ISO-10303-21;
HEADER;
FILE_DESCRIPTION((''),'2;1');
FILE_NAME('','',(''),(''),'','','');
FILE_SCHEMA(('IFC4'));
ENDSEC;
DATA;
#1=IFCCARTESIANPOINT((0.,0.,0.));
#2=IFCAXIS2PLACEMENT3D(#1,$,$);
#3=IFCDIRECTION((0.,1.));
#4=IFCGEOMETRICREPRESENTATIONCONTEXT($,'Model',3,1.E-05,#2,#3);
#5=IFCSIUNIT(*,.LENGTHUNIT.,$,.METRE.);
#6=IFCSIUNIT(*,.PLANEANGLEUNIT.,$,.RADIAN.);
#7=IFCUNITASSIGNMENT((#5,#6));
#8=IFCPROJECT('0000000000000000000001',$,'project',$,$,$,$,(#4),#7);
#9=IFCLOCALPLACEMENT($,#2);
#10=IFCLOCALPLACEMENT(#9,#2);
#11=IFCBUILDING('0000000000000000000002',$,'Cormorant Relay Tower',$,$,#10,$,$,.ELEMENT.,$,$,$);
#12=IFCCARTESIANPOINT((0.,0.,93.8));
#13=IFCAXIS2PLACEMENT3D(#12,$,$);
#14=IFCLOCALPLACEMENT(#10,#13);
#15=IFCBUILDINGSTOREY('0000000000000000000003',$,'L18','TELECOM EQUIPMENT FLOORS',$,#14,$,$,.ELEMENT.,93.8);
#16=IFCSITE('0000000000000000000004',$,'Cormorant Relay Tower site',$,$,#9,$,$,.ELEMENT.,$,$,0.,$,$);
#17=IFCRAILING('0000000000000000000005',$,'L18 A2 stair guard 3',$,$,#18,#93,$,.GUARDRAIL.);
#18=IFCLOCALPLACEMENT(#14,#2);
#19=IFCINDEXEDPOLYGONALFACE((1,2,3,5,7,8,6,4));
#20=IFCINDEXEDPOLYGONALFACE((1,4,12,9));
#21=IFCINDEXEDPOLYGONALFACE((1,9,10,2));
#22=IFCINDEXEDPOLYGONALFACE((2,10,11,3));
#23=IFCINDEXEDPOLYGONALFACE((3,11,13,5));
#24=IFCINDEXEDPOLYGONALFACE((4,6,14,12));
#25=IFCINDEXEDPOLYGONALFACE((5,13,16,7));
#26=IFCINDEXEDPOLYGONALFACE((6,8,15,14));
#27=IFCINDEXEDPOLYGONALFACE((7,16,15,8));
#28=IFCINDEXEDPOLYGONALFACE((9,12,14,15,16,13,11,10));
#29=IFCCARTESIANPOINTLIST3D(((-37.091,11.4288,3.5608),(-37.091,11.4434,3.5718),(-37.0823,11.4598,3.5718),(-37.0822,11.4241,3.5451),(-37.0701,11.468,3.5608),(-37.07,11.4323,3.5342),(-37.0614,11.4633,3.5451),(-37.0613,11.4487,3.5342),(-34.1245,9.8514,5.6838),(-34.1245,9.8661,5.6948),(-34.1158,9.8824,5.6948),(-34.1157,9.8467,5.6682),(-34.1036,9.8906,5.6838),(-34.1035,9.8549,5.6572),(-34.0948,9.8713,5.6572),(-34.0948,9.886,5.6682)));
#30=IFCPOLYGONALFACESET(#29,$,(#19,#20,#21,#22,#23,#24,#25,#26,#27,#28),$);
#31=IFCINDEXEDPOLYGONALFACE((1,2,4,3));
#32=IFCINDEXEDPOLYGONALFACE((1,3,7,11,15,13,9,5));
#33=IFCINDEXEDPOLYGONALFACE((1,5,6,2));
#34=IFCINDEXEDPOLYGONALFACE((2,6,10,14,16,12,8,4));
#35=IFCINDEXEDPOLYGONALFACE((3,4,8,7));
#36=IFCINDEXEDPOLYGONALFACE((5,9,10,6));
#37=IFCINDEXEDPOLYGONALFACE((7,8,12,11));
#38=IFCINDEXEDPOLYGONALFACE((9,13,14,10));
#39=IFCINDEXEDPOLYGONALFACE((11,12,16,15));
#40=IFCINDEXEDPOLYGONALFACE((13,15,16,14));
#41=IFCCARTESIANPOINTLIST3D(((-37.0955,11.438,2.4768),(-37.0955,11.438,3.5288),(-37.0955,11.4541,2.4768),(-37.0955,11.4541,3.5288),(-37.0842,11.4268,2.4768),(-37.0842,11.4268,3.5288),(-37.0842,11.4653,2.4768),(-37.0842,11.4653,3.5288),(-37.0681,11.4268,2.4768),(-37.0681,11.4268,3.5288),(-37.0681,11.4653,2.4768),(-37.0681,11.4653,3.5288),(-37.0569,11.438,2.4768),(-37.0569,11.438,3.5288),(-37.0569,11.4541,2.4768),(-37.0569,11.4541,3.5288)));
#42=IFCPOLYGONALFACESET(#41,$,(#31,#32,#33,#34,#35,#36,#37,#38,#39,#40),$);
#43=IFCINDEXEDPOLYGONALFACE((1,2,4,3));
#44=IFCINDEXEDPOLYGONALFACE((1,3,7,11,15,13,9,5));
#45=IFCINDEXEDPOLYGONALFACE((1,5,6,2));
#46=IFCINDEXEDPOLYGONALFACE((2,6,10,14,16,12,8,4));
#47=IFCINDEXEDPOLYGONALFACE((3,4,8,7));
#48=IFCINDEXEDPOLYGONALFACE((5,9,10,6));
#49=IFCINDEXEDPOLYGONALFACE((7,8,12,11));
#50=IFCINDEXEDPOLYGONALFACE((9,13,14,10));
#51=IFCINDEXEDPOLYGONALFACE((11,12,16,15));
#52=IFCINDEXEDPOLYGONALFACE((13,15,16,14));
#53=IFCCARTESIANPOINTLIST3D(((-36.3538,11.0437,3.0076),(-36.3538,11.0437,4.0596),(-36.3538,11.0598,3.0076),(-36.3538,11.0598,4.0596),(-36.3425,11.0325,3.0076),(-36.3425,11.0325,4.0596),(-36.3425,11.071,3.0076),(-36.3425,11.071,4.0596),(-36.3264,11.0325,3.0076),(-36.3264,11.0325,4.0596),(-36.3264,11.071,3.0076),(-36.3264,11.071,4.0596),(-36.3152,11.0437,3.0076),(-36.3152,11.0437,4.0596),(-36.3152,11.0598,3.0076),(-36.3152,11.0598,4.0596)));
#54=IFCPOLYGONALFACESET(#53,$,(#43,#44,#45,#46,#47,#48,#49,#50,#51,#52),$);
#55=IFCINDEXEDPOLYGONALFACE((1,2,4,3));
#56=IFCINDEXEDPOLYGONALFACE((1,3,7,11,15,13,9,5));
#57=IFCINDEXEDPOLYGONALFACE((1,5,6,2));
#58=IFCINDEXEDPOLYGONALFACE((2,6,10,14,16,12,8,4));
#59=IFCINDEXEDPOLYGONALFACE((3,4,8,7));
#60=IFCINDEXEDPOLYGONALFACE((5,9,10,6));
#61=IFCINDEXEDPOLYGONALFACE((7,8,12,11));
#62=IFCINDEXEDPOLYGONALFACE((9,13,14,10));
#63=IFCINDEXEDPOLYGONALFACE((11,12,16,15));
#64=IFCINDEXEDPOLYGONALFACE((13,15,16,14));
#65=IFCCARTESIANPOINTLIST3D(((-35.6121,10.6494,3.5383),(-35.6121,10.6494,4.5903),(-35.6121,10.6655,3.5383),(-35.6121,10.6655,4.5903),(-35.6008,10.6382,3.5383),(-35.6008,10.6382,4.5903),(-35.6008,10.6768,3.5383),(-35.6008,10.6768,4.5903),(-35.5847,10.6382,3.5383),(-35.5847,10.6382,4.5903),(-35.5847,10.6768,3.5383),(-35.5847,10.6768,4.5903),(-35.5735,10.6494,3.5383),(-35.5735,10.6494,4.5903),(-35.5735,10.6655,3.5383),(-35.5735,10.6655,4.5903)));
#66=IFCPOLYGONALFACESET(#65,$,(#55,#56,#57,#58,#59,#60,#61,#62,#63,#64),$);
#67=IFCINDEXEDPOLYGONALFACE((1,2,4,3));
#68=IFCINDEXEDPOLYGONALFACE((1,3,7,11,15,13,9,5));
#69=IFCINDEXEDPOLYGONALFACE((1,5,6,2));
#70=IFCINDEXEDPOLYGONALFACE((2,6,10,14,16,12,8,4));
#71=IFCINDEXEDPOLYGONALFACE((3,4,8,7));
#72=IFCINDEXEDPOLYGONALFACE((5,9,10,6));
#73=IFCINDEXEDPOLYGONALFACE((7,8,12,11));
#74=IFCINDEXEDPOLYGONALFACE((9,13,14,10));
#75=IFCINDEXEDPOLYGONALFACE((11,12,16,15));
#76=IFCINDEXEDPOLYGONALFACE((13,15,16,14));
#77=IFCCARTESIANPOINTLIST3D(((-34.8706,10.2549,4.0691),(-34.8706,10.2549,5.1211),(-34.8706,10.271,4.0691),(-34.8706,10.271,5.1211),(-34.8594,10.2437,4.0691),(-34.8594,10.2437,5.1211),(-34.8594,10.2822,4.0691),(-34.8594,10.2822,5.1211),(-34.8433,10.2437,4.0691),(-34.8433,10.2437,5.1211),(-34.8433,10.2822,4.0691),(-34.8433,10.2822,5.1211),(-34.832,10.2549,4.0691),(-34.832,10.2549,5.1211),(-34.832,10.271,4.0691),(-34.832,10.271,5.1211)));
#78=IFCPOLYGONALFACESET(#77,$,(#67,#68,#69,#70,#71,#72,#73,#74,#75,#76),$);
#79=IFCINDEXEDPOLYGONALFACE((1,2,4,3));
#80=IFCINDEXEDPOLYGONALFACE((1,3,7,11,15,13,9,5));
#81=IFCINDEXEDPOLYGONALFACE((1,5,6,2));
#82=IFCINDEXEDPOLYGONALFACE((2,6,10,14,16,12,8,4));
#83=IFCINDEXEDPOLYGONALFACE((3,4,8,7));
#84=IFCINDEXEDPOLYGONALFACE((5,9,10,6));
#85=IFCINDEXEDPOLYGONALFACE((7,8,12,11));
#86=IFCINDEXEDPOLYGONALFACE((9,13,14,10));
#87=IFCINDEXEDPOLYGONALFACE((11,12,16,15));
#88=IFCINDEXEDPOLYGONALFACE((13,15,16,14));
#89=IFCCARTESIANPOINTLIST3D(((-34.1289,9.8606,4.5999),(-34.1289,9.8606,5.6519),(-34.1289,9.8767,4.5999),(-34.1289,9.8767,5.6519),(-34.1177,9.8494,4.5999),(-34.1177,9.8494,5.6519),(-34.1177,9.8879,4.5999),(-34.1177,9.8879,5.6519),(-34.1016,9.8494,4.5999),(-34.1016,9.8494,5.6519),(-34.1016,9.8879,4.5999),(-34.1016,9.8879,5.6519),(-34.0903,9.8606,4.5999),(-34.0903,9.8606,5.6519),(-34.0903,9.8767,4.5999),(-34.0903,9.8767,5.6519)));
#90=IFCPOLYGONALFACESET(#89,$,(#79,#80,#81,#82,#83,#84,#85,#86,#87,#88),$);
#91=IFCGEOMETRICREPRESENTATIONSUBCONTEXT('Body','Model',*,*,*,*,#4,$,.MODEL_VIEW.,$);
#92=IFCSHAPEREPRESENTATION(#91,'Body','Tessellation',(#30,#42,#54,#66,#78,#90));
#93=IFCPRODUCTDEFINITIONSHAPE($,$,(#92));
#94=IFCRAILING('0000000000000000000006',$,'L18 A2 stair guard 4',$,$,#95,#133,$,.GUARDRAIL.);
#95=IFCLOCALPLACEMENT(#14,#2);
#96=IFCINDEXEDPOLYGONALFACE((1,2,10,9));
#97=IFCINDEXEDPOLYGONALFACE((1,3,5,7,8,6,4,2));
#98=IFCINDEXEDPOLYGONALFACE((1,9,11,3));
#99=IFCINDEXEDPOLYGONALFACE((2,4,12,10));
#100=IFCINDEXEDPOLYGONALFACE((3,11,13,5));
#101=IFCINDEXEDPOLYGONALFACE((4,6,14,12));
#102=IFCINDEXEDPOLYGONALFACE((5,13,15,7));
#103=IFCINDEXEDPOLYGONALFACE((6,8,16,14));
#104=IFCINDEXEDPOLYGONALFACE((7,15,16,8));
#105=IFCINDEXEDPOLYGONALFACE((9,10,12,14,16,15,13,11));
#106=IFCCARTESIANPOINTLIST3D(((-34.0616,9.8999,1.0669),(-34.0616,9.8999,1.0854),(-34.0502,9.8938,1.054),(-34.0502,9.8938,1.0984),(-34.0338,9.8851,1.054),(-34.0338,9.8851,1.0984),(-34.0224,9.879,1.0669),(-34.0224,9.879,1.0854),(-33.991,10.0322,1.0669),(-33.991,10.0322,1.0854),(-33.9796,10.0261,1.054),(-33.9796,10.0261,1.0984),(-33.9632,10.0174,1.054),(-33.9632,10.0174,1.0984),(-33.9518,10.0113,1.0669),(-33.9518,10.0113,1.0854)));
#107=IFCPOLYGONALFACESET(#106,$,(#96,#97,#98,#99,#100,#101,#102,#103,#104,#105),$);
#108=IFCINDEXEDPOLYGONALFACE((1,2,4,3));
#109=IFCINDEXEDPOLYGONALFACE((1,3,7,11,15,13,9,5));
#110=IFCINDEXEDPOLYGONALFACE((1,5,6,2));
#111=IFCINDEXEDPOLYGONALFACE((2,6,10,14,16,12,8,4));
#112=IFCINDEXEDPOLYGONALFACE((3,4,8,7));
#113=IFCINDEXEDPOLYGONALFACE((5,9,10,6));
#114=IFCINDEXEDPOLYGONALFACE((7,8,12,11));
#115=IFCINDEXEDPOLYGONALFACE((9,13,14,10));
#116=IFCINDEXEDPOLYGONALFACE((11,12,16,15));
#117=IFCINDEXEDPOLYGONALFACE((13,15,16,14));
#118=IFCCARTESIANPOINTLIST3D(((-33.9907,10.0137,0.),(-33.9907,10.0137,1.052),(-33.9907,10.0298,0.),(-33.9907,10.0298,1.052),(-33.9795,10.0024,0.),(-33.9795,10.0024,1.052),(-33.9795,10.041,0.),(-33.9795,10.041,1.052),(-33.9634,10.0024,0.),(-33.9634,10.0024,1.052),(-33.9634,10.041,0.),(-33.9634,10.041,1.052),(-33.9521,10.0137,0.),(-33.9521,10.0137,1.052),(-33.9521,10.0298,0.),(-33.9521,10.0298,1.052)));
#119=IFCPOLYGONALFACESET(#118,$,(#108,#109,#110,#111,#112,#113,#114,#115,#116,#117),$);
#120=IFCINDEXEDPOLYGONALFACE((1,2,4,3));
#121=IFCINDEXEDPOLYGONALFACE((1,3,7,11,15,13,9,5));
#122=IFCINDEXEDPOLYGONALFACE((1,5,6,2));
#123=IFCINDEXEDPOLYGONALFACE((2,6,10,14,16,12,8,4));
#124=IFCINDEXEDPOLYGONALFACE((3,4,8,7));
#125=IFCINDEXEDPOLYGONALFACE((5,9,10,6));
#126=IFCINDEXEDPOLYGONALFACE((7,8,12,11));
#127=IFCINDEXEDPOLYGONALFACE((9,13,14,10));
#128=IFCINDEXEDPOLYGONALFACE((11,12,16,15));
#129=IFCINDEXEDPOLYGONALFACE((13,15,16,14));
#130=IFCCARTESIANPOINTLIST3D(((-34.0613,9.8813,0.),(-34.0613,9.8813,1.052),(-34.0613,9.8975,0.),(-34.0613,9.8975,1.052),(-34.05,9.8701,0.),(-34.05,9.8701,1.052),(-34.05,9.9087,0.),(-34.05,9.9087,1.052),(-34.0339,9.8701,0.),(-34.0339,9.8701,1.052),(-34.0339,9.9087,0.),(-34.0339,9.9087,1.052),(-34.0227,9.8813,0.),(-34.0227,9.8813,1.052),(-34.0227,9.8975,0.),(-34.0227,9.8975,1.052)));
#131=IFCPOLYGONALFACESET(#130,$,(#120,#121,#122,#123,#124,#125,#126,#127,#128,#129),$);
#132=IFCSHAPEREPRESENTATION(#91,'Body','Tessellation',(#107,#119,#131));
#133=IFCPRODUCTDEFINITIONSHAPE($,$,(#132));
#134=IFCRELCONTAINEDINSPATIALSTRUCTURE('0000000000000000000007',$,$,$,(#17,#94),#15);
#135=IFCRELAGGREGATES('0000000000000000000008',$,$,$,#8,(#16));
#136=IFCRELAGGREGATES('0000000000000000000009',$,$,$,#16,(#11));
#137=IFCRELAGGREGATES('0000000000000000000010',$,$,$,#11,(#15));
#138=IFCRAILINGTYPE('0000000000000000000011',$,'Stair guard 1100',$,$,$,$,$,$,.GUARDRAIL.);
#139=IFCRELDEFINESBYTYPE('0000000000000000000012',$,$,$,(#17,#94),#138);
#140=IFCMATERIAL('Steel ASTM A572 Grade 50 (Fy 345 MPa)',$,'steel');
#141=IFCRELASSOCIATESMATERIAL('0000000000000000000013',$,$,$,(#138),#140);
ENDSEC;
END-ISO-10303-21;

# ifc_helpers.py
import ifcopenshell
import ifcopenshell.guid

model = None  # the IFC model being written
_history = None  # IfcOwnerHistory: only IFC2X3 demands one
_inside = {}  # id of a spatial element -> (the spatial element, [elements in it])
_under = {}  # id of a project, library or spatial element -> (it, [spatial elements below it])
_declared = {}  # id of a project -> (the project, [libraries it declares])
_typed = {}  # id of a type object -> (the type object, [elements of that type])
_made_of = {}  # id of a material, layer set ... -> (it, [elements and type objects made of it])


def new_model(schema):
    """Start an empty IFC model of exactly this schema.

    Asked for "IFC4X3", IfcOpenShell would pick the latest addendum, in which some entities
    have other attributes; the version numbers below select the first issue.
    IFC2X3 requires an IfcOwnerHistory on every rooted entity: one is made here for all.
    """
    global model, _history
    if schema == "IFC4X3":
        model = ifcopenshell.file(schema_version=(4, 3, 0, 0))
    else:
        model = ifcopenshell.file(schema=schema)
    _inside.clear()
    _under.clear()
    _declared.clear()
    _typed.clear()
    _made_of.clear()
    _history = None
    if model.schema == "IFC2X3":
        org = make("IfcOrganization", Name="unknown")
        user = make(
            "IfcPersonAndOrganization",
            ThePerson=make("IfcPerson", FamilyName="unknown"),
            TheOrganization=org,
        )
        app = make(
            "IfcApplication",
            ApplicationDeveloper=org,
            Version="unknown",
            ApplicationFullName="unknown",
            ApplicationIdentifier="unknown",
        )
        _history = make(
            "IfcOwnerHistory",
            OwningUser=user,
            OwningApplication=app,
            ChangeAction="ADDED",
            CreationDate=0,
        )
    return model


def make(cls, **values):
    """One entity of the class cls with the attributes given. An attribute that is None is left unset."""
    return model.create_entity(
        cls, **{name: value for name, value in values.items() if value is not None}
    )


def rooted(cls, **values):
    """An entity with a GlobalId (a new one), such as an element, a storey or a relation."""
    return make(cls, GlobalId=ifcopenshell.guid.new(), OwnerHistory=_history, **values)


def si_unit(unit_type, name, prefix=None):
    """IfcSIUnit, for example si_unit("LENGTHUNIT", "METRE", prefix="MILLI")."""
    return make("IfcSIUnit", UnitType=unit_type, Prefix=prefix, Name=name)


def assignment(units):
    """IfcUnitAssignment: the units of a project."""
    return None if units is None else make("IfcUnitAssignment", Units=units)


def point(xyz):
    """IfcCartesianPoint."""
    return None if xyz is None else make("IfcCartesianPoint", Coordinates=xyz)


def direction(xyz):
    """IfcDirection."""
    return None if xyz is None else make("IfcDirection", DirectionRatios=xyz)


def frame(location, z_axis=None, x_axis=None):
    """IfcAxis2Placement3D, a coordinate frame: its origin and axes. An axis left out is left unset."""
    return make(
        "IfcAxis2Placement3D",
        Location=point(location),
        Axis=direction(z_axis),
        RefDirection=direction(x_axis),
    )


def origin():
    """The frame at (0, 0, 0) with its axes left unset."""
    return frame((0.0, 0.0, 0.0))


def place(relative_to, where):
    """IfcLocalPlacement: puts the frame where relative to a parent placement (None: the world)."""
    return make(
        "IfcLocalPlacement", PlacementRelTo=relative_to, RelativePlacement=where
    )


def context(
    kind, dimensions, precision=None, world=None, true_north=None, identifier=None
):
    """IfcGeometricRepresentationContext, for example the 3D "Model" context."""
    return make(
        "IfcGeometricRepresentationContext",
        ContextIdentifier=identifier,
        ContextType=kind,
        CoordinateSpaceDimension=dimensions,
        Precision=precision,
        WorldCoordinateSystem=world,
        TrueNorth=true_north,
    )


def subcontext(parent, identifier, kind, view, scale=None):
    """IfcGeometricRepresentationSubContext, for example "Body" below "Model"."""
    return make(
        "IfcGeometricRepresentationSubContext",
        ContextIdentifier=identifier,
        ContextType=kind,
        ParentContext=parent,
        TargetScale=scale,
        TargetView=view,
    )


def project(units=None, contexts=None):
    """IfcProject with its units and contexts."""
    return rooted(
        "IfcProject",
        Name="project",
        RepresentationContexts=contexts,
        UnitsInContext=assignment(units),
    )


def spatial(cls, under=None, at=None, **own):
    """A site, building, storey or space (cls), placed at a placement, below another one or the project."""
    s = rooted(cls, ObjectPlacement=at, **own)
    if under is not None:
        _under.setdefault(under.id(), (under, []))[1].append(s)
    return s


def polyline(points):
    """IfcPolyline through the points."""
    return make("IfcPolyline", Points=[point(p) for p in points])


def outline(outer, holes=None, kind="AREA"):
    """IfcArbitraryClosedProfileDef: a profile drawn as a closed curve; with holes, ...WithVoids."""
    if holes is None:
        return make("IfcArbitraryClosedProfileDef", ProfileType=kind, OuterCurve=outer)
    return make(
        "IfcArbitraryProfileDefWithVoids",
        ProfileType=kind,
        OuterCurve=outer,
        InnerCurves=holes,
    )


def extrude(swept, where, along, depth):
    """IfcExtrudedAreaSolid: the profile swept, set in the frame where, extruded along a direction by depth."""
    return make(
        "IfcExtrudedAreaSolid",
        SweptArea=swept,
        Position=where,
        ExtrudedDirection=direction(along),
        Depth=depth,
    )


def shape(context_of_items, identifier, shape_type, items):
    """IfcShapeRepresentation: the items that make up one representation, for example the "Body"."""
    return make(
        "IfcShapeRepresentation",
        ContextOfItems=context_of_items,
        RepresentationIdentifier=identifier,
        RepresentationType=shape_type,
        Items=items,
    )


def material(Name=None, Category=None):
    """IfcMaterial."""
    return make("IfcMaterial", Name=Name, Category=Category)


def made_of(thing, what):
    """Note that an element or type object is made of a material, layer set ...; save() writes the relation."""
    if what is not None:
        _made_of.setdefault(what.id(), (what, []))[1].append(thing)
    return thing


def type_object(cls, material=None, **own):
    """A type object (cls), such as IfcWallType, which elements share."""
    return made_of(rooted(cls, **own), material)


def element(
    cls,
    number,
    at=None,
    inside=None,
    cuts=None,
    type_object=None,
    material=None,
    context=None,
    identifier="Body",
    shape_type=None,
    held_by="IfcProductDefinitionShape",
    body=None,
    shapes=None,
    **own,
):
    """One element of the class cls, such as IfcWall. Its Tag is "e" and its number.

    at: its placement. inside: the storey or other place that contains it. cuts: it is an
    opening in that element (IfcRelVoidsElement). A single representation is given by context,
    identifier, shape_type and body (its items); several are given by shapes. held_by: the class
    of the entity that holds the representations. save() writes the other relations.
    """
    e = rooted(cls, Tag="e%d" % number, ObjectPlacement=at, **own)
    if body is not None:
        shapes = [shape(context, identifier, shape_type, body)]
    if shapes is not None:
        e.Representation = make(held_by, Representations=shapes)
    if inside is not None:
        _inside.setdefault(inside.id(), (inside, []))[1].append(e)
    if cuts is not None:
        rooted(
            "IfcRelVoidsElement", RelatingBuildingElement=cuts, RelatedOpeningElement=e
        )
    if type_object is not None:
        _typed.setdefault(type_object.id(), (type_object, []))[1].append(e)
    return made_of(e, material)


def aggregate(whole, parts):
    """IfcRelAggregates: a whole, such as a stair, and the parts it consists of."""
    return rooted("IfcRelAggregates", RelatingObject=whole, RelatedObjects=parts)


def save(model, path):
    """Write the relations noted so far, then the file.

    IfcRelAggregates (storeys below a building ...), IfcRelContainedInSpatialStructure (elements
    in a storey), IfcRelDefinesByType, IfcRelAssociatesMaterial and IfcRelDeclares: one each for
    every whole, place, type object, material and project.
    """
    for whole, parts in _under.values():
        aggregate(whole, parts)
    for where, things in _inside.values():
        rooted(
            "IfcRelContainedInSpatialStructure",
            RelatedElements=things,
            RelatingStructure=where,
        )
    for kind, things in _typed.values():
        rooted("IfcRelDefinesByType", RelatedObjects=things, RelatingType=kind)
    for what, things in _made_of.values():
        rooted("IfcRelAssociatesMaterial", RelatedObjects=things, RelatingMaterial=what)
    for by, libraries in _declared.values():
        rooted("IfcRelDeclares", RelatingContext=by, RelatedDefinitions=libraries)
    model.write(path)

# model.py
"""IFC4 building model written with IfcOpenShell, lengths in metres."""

from ifc_helpers import new_model, si_unit, direction, frame, origin, place, context, subcontext, project, spatial, polyline, outline, extrude, material, type_object, element, save


model = new_model("IFC4")

# Units and contexts
model_context = context("Model", 3, precision=1e-05, world=origin(), true_north=direction((0.0, 1.0)))
body_context = subcontext(model_context, "Body", "Model", "MODEL_VIEW")
ifc_project = project(units=[si_unit("LENGTHUNIT", "METRE"), si_unit("PLANEANGLEUNIT", "RADIAN")], contexts=[model_context])

# Site, building, storey
site_placement = place(None, origin())
site = spatial("IfcSite", under=ifc_project, at=site_placement, Name="Cormorant Relay Tower site", CompositionType="ELEMENT", RefElevation=0.0)
building_placement = place(site_placement, origin())
building = spatial("IfcBuilding", under=site, at=building_placement, Name="Cormorant Relay Tower", CompositionType="ELEMENT")
storey_placement = place(building_placement, frame((0.0, 0.0, 93.8)))
storey = spatial("IfcBuildingStorey", under=building, at=storey_placement, Name="L18", Description="TELECOM EQUIPMENT FLOORS", CompositionType="ELEMENT", Elevation=93.8)

# Railings
ifc_material_1 = material(Name="Steel ASTM A572 Grade 50 (Fy 345 MPa)", Category="steel")
railing_type_1 = type_object("IfcRailingType", Name="Stair guard 1100", PredefinedType="GUARDRAIL", material=ifc_material_1)
railing_1_placement = place(storey_placement, frame((-37.0762, 11.446, 2.4768)))
element("IfcRailing", 1, at=railing_1_placement, inside=storey, type_object=railing_type_1, Name="L18 A2 stair guard 3", PredefinedType="GUARDRAIL", context=body_context, shape_type="SweptSolid", body=[
    extrude(outline(polyline([(0.0222, 0.0093), (0.0093, 0.0222), (-0.0093, 0.0222), (-0.0222, 0.0093), (-0.0222, -0.0093), (-0.0093, -0.0222), (0.0093, -0.0222), (0.0222, -0.0093), (0.0222, 0.0093)])), frame((0.0, 0.0, 1.0762), z_axis=(0.746413, -0.396887, 0.534179), x_axis=(0.469483, 0.882942, 0.0)), (0.0, 0.0, 1.0), 3.9744),
    extrude(outline(polyline([(0.0193, 0.0081), (0.0081, 0.0193), (-0.0081, 0.0193), (-0.0193, 0.0081), (-0.0193, -0.0081), (-0.0081, -0.0193), (0.0081, -0.0193), (0.0193, -0.0081), (0.0193, 0.0081)])), origin(), (0.0, 0.0, 1.0), 1.052),
    extrude(outline(polyline([(0.0193, 0.0081), (0.0081, 0.0193), (-0.0081, 0.0193), (-0.0193, 0.0081), (-0.0193, -0.0081), (-0.0081, -0.0193), (0.0081, -0.0193), (0.0193, -0.0081), (0.0193, 0.0081)])), frame((0.7417, -0.3943, 0.5308)), (0.0, 0.0, 1.0), 1.052),
    extrude(outline(polyline([(0.0193, 0.0081), (0.0081, 0.0193), (-0.0081, 0.0193), (-0.0193, 0.0081), (-0.0193, -0.0081), (-0.0081, -0.0193), (0.0081, -0.0193), (0.0193, -0.0081), (0.0193, 0.0081)])), frame((1.4834, -0.7886, 1.0615)), (0.0, 0.0, 1.0), 1.052),
    extrude(outline(polyline([(0.0193, 0.0081), (0.0081, 0.0193), (-0.0081, 0.0193), (-0.0193, 0.0081), (-0.0193, -0.0081), (-0.0081, -0.0193), (0.0081, -0.0193), (0.0193, -0.0081), (0.0193, 0.0081)])), frame((2.2249, -1.1831, 1.5923)), (0.0, 0.0, 1.0), 1.052),
    extrude(outline(polyline([(0.0193, 0.0081), (0.0081, 0.0193), (-0.0081, 0.0193), (-0.0193, 0.0081), (-0.0193, -0.0081), (-0.0081, -0.0193), (0.0081, -0.0193), (0.0193, -0.0081), (0.0193, 0.0081)])), frame((2.9666, -1.5774, 2.123)), (0.0, 0.0, 1.0), 1.052),
])
railing_2_placement = place(storey_placement, frame((-33.9714, 10.0217, 0.0)))
element("IfcRailing", 2, at=railing_2_placement, inside=storey, type_object=railing_type_1, Name="L18 A2 stair guard 4", PredefinedType="GUARDRAIL", context=body_context, shape_type="SweptSolid", body=[
    extrude(outline(polyline([(0.0222, 0.0093), (0.0093, 0.0222), (-0.0093, 0.0222), (-0.0222, 0.0093), (-0.0222, -0.0093), (-0.0093, -0.0222), (0.0093, -0.0222), (0.0222, -0.0093), (0.0222, 0.0093)])), frame((0.0, 0.0, 1.0762), z_axis=(-0.470504, -0.882398, 0.0), x_axis=(0.882398, -0.470504, 0.0)), (0.0, 0.0, 1.0), 0.1499),
    extrude(outline(polyline([(0.0193, 0.0081), (0.0081, 0.0193), (-0.0081, 0.0193), (-0.0193, 0.0081), (-0.0193, -0.0081), (-0.0081, -0.0193), (0.0081, -0.0193), (0.0193, -0.0081), (0.0193, 0.0081)])), origin(), (0.0, 0.0, 1.0), 1.052),
    extrude(outline(polyline([(0.0193, 0.0081), (0.0081, 0.0193), (-0.0081, 0.0193), (-0.0193, 0.0081), (-0.0193, -0.0081), (-0.0081, -0.0193), (0.0081, -0.0193), (0.0193, -0.0081), (0.0193, 0.0081)])), frame((-0.0706, -0.1323, 0.0)), (0.0, 0.0, 1.0), 1.052),
])

save(model, "model.ifc")
